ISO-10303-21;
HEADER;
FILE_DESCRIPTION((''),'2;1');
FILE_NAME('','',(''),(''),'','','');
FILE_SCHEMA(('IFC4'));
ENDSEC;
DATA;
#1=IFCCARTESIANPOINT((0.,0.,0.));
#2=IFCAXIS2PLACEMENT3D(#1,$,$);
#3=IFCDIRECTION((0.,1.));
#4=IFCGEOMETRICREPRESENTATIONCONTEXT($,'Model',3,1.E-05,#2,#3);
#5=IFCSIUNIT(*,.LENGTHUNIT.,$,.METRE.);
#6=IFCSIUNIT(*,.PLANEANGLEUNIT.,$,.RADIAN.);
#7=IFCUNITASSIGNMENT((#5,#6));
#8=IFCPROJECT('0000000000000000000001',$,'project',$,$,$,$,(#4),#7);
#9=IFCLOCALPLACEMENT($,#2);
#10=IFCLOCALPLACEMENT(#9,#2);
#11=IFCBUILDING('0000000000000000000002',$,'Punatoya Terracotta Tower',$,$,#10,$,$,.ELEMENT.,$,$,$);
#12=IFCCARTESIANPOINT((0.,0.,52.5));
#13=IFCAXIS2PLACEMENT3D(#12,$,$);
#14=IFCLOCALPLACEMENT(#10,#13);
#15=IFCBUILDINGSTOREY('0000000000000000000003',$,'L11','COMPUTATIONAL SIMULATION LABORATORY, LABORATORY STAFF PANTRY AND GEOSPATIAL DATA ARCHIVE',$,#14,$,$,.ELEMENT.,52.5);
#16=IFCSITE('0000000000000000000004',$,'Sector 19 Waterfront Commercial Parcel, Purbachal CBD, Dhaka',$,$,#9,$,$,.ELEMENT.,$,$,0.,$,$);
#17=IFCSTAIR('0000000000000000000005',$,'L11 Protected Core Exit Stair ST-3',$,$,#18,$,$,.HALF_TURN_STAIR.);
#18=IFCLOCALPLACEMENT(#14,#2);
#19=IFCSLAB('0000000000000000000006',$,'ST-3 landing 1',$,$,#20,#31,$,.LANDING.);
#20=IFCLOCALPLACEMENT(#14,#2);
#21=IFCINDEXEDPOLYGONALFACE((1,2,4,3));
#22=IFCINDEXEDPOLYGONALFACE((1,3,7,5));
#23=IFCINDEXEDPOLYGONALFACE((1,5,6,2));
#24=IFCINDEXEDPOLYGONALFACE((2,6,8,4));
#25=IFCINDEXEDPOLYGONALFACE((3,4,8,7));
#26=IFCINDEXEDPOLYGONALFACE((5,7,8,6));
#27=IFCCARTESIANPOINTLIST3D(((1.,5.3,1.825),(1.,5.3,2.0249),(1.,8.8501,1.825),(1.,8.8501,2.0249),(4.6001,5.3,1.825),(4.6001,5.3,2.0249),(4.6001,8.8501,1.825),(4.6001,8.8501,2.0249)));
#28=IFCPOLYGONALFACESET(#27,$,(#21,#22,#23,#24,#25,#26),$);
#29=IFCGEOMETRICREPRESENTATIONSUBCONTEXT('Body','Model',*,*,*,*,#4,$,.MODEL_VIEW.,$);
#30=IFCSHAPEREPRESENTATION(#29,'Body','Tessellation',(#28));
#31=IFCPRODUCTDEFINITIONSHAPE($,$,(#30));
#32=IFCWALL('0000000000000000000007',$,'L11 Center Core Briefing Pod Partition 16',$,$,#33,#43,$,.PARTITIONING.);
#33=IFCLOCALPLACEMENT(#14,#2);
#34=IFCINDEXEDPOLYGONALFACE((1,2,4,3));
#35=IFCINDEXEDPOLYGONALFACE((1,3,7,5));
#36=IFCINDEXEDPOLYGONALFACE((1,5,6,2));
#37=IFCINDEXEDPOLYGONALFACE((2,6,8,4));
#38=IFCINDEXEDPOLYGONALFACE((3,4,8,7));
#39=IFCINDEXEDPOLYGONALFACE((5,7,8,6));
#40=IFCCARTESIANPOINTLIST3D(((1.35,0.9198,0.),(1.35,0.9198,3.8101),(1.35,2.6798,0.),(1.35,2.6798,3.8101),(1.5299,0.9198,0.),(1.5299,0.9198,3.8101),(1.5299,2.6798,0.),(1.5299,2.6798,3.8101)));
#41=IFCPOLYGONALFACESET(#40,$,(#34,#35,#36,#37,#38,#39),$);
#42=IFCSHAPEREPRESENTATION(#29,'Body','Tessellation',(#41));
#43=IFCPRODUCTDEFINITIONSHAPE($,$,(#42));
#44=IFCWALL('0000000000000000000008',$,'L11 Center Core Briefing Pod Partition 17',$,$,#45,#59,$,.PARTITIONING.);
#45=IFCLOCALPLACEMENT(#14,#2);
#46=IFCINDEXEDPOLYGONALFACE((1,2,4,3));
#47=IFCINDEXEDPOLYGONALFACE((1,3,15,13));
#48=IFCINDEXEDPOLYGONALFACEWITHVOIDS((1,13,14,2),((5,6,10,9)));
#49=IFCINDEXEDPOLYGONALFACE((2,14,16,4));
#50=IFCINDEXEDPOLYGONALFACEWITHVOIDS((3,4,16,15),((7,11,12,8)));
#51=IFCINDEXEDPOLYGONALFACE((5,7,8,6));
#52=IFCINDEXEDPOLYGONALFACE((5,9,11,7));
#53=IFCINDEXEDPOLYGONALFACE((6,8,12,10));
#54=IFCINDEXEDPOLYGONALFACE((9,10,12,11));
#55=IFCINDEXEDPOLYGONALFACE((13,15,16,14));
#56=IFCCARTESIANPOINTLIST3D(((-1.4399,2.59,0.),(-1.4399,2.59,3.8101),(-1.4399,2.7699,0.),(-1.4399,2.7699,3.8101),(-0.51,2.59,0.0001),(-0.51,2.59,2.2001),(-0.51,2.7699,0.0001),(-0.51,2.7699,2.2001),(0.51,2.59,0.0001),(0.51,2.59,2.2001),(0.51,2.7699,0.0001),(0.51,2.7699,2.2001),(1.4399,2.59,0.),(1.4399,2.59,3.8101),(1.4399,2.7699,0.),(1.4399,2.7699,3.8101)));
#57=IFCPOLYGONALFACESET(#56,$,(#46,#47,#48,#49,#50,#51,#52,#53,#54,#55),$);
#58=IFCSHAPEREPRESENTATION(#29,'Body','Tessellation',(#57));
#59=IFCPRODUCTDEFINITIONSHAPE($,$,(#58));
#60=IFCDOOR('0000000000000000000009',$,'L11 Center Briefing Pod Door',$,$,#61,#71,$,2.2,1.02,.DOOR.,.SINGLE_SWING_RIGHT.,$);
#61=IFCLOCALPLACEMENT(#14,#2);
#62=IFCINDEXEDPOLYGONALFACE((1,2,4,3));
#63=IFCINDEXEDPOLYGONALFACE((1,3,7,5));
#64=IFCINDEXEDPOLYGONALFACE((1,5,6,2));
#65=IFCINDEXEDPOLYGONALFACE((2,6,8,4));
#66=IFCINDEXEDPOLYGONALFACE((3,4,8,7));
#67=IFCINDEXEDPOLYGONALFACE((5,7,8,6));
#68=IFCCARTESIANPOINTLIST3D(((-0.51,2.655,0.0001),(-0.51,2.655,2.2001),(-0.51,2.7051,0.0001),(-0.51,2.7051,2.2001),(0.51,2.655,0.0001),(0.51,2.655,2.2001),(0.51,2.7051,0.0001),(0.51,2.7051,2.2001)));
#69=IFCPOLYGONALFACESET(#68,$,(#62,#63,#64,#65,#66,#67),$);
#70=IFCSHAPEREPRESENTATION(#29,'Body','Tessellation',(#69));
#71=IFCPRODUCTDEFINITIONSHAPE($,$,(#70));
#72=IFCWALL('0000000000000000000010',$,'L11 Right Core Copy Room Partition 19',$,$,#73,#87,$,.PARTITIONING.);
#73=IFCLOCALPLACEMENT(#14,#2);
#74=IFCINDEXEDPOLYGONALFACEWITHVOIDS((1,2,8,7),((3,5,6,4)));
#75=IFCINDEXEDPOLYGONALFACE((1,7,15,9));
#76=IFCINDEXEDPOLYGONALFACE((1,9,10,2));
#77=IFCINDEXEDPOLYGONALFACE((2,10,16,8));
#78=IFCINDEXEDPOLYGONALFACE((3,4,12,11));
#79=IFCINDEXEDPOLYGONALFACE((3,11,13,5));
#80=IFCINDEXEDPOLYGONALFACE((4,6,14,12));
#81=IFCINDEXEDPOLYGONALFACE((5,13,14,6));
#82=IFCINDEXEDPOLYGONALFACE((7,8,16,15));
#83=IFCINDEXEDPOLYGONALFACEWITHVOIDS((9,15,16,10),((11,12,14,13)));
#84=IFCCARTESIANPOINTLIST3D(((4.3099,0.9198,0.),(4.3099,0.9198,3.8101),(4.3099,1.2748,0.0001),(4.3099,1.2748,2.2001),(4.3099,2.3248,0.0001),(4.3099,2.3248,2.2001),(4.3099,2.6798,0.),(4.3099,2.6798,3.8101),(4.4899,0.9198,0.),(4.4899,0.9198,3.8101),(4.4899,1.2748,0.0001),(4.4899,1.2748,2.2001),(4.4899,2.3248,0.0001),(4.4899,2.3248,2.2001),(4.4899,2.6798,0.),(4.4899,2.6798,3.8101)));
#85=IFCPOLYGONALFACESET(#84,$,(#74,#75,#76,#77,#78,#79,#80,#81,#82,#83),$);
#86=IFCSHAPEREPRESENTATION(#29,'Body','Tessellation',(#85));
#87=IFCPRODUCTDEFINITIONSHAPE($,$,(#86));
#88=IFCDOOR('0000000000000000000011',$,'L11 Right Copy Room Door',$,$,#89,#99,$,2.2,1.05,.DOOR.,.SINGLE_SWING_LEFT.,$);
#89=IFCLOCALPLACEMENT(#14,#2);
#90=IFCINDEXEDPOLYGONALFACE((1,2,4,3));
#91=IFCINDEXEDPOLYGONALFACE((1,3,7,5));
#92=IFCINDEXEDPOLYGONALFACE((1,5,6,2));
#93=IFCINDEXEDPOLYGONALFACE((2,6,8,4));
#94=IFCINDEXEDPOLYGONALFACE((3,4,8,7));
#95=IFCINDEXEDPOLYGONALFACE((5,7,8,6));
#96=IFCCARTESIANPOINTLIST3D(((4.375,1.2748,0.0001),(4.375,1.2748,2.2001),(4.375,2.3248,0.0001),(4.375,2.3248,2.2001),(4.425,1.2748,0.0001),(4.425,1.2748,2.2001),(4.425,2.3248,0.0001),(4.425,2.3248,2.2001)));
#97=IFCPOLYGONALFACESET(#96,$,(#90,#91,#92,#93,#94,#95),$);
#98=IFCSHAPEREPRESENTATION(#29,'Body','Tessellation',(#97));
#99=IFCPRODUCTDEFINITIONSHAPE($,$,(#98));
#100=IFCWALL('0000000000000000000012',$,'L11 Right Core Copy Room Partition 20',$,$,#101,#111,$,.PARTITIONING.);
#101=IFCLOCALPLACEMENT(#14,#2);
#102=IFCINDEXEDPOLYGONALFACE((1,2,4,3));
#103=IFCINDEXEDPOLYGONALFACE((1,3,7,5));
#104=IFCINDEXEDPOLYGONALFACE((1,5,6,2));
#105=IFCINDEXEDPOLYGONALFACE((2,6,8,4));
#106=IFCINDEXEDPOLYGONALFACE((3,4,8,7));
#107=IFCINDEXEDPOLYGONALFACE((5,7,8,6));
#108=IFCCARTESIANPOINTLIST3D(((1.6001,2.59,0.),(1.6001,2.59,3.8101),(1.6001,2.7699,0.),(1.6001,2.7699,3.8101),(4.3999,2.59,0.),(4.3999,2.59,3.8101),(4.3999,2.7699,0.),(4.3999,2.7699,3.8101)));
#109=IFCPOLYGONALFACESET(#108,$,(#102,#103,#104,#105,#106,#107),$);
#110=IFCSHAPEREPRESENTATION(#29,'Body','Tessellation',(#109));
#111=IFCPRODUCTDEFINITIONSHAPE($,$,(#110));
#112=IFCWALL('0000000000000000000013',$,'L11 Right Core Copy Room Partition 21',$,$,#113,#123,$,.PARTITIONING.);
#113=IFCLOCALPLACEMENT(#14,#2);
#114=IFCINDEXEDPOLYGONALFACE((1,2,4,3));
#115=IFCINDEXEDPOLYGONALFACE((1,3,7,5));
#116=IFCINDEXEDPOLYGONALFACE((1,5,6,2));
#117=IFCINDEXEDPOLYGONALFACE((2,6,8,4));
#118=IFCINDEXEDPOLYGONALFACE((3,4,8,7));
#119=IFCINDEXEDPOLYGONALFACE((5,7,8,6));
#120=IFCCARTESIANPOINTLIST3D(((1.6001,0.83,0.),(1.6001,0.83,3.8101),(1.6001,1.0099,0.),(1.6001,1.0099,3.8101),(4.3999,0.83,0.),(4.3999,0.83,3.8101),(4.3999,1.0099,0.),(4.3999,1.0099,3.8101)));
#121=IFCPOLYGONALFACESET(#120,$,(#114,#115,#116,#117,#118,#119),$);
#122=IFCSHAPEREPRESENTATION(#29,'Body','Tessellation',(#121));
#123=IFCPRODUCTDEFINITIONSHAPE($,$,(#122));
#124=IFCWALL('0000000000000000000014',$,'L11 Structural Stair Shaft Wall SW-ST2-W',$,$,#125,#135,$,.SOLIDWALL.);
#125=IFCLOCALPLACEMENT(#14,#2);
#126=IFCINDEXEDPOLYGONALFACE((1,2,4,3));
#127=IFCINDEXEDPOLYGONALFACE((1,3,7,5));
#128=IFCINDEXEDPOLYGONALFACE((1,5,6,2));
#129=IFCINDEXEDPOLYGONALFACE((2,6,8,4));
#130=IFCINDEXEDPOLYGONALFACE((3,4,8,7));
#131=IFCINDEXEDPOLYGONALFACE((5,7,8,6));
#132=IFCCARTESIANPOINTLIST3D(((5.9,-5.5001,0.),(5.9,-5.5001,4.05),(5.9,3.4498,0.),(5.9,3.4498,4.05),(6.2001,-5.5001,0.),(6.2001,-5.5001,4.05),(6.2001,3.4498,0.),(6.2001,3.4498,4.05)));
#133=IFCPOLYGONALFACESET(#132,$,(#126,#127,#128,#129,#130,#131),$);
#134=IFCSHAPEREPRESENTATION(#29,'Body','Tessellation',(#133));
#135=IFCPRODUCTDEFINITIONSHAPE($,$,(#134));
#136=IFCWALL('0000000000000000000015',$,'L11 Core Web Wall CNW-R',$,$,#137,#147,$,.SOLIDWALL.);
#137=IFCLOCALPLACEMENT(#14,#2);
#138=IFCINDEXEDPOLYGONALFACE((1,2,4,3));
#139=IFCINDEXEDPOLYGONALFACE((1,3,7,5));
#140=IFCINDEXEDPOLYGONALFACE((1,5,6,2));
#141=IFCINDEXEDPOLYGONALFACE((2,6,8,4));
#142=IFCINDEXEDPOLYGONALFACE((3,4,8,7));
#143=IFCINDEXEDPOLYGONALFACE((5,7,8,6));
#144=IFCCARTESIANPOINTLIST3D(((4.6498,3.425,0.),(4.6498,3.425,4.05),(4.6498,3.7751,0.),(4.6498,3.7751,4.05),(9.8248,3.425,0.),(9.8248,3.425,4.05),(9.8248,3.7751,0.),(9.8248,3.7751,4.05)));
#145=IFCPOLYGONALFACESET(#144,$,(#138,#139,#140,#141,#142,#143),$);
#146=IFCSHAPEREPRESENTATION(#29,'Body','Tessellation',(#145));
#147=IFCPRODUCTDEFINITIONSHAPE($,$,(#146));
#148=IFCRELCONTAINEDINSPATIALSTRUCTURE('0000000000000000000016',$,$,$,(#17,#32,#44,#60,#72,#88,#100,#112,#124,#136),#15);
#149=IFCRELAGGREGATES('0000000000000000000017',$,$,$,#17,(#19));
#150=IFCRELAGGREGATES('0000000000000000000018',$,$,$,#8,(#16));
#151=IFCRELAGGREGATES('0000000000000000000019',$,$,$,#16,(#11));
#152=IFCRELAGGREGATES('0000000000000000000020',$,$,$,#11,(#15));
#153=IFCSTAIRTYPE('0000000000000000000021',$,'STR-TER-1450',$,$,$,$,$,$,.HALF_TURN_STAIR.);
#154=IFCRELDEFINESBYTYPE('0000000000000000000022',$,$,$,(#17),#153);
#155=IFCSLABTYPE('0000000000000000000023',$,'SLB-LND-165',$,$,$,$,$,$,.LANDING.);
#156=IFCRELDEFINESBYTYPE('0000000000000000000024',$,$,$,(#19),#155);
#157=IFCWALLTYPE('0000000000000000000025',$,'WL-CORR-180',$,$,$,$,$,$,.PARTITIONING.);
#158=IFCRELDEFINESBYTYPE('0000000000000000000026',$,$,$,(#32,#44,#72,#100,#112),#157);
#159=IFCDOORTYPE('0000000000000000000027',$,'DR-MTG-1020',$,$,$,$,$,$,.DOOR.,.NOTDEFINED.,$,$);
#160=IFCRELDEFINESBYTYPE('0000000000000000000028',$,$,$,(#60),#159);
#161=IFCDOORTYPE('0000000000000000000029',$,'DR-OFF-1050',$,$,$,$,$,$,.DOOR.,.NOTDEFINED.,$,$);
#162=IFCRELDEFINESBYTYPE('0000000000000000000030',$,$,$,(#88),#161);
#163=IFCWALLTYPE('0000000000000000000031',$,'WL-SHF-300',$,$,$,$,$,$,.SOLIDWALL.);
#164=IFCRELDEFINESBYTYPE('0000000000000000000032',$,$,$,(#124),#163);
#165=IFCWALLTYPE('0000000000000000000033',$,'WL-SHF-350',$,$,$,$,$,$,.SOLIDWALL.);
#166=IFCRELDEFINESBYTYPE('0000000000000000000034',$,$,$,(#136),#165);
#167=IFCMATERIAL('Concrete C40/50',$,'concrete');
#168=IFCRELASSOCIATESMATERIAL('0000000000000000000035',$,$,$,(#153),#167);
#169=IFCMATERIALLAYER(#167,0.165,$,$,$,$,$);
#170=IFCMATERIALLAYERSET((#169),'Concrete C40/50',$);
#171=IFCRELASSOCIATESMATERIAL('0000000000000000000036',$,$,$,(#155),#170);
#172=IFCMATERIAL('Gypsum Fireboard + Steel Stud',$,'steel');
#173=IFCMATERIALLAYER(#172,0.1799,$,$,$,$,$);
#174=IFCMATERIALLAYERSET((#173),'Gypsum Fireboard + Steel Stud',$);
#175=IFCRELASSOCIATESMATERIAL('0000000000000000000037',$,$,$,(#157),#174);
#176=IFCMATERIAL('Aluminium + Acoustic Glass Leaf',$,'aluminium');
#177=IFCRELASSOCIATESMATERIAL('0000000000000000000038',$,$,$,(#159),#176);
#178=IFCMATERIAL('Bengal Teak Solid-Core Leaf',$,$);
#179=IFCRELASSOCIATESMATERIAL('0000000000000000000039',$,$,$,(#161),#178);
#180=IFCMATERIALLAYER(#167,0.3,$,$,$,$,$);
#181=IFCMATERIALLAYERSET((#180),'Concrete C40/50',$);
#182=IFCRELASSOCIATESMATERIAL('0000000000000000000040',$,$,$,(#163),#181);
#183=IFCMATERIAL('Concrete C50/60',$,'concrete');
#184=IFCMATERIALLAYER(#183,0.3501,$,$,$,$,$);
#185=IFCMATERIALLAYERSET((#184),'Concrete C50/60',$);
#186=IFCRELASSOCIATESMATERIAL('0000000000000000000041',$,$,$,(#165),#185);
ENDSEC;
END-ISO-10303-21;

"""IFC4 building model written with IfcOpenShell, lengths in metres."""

from ifc_helpers import new_model, si_unit, direction, frame, frame_2d, origin, place, context, subcontext, project, spatial, polyline, rectangle, outline, extrude, material, layer, layer_set, type_object, element, fill, aggregate, save


model = new_model("IFC4")

# Units and contexts
model_context = context("Model", 3, precision=1e-05, world=origin(), true_north=direction((0.0, 1.0)))
body_context = subcontext(model_context, "Body", "Model", "MODEL_VIEW")
ifc_project = project(units=[si_unit("LENGTHUNIT", "METRE"), si_unit("PLANEANGLEUNIT", "RADIAN")], contexts=[model_context])

# Site, building, storey
site_placement = place(None, origin())
site = spatial("IfcSite", under=ifc_project, at=site_placement, Name="Sector 19 Waterfront Commercial Parcel, Purbachal CBD, Dhaka", CompositionType="ELEMENT", RefElevation=0.0)
building_placement = place(site_placement, origin())
building = spatial("IfcBuilding", under=site, at=building_placement, Name="Punatoya Terracotta Tower", CompositionType="ELEMENT")
storey_placement = place(building_placement, frame((0.0, 0.0, 52.5)))
storey = spatial("IfcBuildingStorey", under=building, at=storey_placement, Name="L11", Description="COMPUTATIONAL SIMULATION LABORATORY, LABORATORY STAFF PANTRY AND GEOSPATIAL DATA ARCHIVE", CompositionType="ELEMENT", Elevation=52.5)

# Stair, slab
ifc_material_1 = material(Name="Concrete C40/50", Category="concrete")
stair_type_1 = type_object("IfcStairType", Name="STR-TER-1450", PredefinedType="HALF_TURN_STAIR", material=ifc_material_1)
stair_1_placement = place(storey_placement, origin())
stair_1 = element("IfcStair", 1, at=stair_1_placement, inside=storey, type_object=stair_type_1, Name="L11 Protected Core Exit Stair ST-3", PredefinedType="HALF_TURN_STAIR")
ifc_layer_1 = layer(ifc_material_1, 0.165)
ifc_layer_set_1 = layer_set([ifc_layer_1], Name="Concrete C40/50")
slab_type = type_object("IfcSlabType", Name="SLB-LND-165", PredefinedType="LANDING", material=ifc_layer_set_1)
slab_placement = place(storey_placement, frame((0.0, 0.0, 1.825)))
slab = element("IfcSlab", 2, at=slab_placement, type_object=slab_type, Name="ST-3 landing 1", PredefinedType="LANDING", context=body_context, shape_type="SweptSolid", body=[
    extrude(outline(polyline([(1.0, 5.3), (4.6001, 5.3), (4.6001, 8.8501), (1.0, 8.8501), (1.0, 5.3)])), origin(), (0.0, 0.0, 1.0), 0.2),
])
aggregate(stair_1, [slab])

# Wall
ifc_material_2 = material(Name="Gypsum Fireboard + Steel Stud", Category="steel")
ifc_layer_2 = layer(ifc_material_2, 0.1799)
ifc_layer_set_2 = layer_set([ifc_layer_2], Name="Gypsum Fireboard + Steel Stud")
wall_type_1 = type_object("IfcWallType", Name="WL-CORR-180", PredefinedType="PARTITIONING", material=ifc_layer_set_2)
wall_1_placement = place(storey_placement, frame((1.4399, 0.9199, 0.0), z_axis=(0.0, 0.0, 1.0), x_axis=(0.0, 1.0, 0.0)))
element("IfcWall", 3, at=wall_1_placement, inside=storey, type_object=wall_type_1, Name="L11 Center Core Briefing Pod Partition 16", PredefinedType="PARTITIONING", context=body_context, shape_type="SweptSolid", body=[
    extrude(rectangle(XDim=1.76, YDim=0.1799, at=frame_2d((0.8799, 0.0))), origin(), (0.0, 0.0, 1.0), 3.8101),
])

# Walls, openings, doors
wall_2_placement = place(storey_placement, frame((1.4399, 2.6799, 0.0), z_axis=(0.0, 0.0, 1.0), x_axis=(-1.0, 0.0, 0.0)))
wall_2 = element("IfcWall", 4, at=wall_2_placement, inside=storey, type_object=wall_type_1, Name="L11 Center Core Briefing Pod Partition 17", PredefinedType="PARTITIONING", context=body_context, shape_type="SweptSolid", body=[
    extrude(rectangle(XDim=2.8799, YDim=0.1799, at=frame_2d((1.4399, 0.0))), origin(), (0.0, 0.0, 1.0), 3.8101),
])
opening_1_placement = place(wall_2_placement, frame((0.9299, 0.0, 0.0)))
opening_1 = element("IfcOpeningElement", 5, at=opening_1_placement, cuts=wall_2, PredefinedType="OPENING", context=body_context, shape_type="SweptSolid", body=[
    extrude(rectangle(XDim=1.02, YDim=2.2, at=frame_2d((0.51, 1.1001))), frame((0.0, 0.0999, 0.0), z_axis=(0.0, -1.0, 0.0), x_axis=(1.0, 0.0, 0.0)), (0.0, 0.0, 1.0), 0.2),
])
ifc_material_3 = material(Name="Aluminium + Acoustic Glass Leaf", Category="aluminium")
door_type_1 = type_object("IfcDoorType", Name="DR-MTG-1020", OperationType="NOTDEFINED", PredefinedType="DOOR", material=ifc_material_3)
door_1_placement = place(opening_1_placement, origin())
door_1 = element("IfcDoor", 6, at=door_1_placement, inside=storey, type_object=door_type_1, Name="L11 Center Briefing Pod Door", OperationType="SINGLE_SWING_RIGHT", OverallHeight=2.2, OverallWidth=1.02, PredefinedType="DOOR", context=body_context, shape_type="SweptSolid", body=[
    extrude(rectangle(XDim=1.02, YDim=2.2, at=frame_2d((0.51, 1.1001))), frame((0.0, 0.0249, 0.0), z_axis=(0.0, -1.0, 0.0), x_axis=(1.0, 0.0, 0.0)), (0.0, 0.0, 1.0), 0.05),
])
fill(opening_1, door_1)
wall_3_placement = place(storey_placement, frame((4.3999, 0.9199, 0.0), z_axis=(0.0, 0.0, 1.0), x_axis=(0.0, 1.0, 0.0)))
wall_3 = element("IfcWall", 7, at=wall_3_placement, inside=storey, type_object=wall_type_1, Name="L11 Right Core Copy Room Partition 19", PredefinedType="PARTITIONING", context=body_context, shape_type="SweptSolid", body=[
    extrude(rectangle(XDim=1.76, YDim=0.1799, at=frame_2d((0.8799, 0.0))), origin(), (0.0, 0.0, 1.0), 3.8101),
])
opening_2_placement = place(wall_3_placement, frame((0.355, 0.0, 0.0)))
opening_2 = element("IfcOpeningElement", 8, at=opening_2_placement, cuts=wall_3, PredefinedType="OPENING", context=body_context, shape_type="SweptSolid", body=[
    extrude(rectangle(XDim=1.05, YDim=2.2, at=frame_2d((0.5249, 1.1001))), frame((0.0, 0.0999, 0.0), z_axis=(0.0, -1.0, 0.0), x_axis=(1.0, 0.0, 0.0)), (0.0, 0.0, 1.0), 0.2),
])
ifc_material_4 = material(Name="Bengal Teak Solid-Core Leaf")
door_type_2 = type_object("IfcDoorType", Name="DR-OFF-1050", OperationType="NOTDEFINED", PredefinedType="DOOR", material=ifc_material_4)
door_2_placement = place(opening_2_placement, origin())
door_2 = element("IfcDoor", 9, at=door_2_placement, inside=storey, type_object=door_type_2, Name="L11 Right Copy Room Door", OperationType="SINGLE_SWING_LEFT", OverallHeight=2.2, OverallWidth=1.05, PredefinedType="DOOR", context=body_context, shape_type="SweptSolid", body=[
    extrude(rectangle(XDim=1.05, YDim=2.2, at=frame_2d((0.5249, 1.1001))), frame((0.0, 0.0249, 0.0), z_axis=(0.0, -1.0, 0.0), x_axis=(1.0, 0.0, 0.0)), (0.0, 0.0, 1.0), 0.05),
])
fill(opening_2, door_2)

# Walls
for number, where, z_axis, x_axis, name in (
    (10, (4.3999, 2.6799, 0.0), (0.0, 0.0, 1.0), (-1.0, 0.0, 0.0), "L11 Right Core Copy Room Partition 20"),
    (11, (1.6001, 0.9199, 0.0), (0.0, 0.0, 1.0), (1.0, 0.0, 0.0), "L11 Right Core Copy Room Partition 21"),
):
    element("IfcWall", number, at=place(storey_placement, frame(where, z_axis=z_axis, x_axis=x_axis)), inside=storey, type_object=wall_type_1, Name=name, PredefinedType="PARTITIONING", context=body_context, shape_type="SweptSolid", body=[
        extrude(rectangle(XDim=2.7998, YDim=0.1799, at=frame_2d((1.3999, 0.0))), origin(), (0.0, 0.0, 1.0), 3.8101),
    ])
ifc_layer_3 = layer(ifc_material_1, 0.3)
ifc_layer_set_3 = layer_set([ifc_layer_3], Name="Concrete C40/50")
wall_type_2 = type_object("IfcWallType", Name="WL-SHF-300", PredefinedType="SOLIDWALL", material=ifc_layer_set_3)
wall_4_placement = place(storey_placement, frame((6.05, 3.45, 0.0), z_axis=(0.0, 0.0, 1.0), x_axis=(0.0, -1.0, 0.0)))
element("IfcWall", 12, at=wall_4_placement, inside=storey, type_object=wall_type_2, Name="L11 Structural Stair Shaft Wall SW-ST2-W", PredefinedType="SOLIDWALL", context=body_context, shape_type="SweptSolid", body=[
    extrude(rectangle(XDim=8.95, YDim=0.3, at=frame_2d((4.4751, 0.0))), origin(), (0.0, 0.0, 1.0), 4.05),
])
ifc_material_5 = material(Name="Concrete C50/60", Category="concrete")
ifc_layer_4 = layer(ifc_material_5, 0.3501)
ifc_layer_set_4 = layer_set([ifc_layer_4], Name="Concrete C50/60")
wall_type_3 = type_object("IfcWallType", Name="WL-SHF-350", PredefinedType="SOLIDWALL", material=ifc_layer_set_4)
wall_5_placement = place(storey_placement, frame((4.6499, 3.6001, 0.0), z_axis=(0.0, 0.0, 1.0), x_axis=(1.0, 0.0, 0.0)))
element("IfcWall", 13, at=wall_5_placement, inside=storey, type_object=wall_type_3, Name="L11 Core Web Wall CNW-R", PredefinedType="SOLIDWALL", context=body_context, shape_type="SweptSolid", body=[
    extrude(rectangle(XDim=5.175, YDim=0.3501, at=frame_2d((2.5874, 0.0))), origin(), (0.0, 0.0, 1.0), 4.05),
])

save(model, "model.ifc")
